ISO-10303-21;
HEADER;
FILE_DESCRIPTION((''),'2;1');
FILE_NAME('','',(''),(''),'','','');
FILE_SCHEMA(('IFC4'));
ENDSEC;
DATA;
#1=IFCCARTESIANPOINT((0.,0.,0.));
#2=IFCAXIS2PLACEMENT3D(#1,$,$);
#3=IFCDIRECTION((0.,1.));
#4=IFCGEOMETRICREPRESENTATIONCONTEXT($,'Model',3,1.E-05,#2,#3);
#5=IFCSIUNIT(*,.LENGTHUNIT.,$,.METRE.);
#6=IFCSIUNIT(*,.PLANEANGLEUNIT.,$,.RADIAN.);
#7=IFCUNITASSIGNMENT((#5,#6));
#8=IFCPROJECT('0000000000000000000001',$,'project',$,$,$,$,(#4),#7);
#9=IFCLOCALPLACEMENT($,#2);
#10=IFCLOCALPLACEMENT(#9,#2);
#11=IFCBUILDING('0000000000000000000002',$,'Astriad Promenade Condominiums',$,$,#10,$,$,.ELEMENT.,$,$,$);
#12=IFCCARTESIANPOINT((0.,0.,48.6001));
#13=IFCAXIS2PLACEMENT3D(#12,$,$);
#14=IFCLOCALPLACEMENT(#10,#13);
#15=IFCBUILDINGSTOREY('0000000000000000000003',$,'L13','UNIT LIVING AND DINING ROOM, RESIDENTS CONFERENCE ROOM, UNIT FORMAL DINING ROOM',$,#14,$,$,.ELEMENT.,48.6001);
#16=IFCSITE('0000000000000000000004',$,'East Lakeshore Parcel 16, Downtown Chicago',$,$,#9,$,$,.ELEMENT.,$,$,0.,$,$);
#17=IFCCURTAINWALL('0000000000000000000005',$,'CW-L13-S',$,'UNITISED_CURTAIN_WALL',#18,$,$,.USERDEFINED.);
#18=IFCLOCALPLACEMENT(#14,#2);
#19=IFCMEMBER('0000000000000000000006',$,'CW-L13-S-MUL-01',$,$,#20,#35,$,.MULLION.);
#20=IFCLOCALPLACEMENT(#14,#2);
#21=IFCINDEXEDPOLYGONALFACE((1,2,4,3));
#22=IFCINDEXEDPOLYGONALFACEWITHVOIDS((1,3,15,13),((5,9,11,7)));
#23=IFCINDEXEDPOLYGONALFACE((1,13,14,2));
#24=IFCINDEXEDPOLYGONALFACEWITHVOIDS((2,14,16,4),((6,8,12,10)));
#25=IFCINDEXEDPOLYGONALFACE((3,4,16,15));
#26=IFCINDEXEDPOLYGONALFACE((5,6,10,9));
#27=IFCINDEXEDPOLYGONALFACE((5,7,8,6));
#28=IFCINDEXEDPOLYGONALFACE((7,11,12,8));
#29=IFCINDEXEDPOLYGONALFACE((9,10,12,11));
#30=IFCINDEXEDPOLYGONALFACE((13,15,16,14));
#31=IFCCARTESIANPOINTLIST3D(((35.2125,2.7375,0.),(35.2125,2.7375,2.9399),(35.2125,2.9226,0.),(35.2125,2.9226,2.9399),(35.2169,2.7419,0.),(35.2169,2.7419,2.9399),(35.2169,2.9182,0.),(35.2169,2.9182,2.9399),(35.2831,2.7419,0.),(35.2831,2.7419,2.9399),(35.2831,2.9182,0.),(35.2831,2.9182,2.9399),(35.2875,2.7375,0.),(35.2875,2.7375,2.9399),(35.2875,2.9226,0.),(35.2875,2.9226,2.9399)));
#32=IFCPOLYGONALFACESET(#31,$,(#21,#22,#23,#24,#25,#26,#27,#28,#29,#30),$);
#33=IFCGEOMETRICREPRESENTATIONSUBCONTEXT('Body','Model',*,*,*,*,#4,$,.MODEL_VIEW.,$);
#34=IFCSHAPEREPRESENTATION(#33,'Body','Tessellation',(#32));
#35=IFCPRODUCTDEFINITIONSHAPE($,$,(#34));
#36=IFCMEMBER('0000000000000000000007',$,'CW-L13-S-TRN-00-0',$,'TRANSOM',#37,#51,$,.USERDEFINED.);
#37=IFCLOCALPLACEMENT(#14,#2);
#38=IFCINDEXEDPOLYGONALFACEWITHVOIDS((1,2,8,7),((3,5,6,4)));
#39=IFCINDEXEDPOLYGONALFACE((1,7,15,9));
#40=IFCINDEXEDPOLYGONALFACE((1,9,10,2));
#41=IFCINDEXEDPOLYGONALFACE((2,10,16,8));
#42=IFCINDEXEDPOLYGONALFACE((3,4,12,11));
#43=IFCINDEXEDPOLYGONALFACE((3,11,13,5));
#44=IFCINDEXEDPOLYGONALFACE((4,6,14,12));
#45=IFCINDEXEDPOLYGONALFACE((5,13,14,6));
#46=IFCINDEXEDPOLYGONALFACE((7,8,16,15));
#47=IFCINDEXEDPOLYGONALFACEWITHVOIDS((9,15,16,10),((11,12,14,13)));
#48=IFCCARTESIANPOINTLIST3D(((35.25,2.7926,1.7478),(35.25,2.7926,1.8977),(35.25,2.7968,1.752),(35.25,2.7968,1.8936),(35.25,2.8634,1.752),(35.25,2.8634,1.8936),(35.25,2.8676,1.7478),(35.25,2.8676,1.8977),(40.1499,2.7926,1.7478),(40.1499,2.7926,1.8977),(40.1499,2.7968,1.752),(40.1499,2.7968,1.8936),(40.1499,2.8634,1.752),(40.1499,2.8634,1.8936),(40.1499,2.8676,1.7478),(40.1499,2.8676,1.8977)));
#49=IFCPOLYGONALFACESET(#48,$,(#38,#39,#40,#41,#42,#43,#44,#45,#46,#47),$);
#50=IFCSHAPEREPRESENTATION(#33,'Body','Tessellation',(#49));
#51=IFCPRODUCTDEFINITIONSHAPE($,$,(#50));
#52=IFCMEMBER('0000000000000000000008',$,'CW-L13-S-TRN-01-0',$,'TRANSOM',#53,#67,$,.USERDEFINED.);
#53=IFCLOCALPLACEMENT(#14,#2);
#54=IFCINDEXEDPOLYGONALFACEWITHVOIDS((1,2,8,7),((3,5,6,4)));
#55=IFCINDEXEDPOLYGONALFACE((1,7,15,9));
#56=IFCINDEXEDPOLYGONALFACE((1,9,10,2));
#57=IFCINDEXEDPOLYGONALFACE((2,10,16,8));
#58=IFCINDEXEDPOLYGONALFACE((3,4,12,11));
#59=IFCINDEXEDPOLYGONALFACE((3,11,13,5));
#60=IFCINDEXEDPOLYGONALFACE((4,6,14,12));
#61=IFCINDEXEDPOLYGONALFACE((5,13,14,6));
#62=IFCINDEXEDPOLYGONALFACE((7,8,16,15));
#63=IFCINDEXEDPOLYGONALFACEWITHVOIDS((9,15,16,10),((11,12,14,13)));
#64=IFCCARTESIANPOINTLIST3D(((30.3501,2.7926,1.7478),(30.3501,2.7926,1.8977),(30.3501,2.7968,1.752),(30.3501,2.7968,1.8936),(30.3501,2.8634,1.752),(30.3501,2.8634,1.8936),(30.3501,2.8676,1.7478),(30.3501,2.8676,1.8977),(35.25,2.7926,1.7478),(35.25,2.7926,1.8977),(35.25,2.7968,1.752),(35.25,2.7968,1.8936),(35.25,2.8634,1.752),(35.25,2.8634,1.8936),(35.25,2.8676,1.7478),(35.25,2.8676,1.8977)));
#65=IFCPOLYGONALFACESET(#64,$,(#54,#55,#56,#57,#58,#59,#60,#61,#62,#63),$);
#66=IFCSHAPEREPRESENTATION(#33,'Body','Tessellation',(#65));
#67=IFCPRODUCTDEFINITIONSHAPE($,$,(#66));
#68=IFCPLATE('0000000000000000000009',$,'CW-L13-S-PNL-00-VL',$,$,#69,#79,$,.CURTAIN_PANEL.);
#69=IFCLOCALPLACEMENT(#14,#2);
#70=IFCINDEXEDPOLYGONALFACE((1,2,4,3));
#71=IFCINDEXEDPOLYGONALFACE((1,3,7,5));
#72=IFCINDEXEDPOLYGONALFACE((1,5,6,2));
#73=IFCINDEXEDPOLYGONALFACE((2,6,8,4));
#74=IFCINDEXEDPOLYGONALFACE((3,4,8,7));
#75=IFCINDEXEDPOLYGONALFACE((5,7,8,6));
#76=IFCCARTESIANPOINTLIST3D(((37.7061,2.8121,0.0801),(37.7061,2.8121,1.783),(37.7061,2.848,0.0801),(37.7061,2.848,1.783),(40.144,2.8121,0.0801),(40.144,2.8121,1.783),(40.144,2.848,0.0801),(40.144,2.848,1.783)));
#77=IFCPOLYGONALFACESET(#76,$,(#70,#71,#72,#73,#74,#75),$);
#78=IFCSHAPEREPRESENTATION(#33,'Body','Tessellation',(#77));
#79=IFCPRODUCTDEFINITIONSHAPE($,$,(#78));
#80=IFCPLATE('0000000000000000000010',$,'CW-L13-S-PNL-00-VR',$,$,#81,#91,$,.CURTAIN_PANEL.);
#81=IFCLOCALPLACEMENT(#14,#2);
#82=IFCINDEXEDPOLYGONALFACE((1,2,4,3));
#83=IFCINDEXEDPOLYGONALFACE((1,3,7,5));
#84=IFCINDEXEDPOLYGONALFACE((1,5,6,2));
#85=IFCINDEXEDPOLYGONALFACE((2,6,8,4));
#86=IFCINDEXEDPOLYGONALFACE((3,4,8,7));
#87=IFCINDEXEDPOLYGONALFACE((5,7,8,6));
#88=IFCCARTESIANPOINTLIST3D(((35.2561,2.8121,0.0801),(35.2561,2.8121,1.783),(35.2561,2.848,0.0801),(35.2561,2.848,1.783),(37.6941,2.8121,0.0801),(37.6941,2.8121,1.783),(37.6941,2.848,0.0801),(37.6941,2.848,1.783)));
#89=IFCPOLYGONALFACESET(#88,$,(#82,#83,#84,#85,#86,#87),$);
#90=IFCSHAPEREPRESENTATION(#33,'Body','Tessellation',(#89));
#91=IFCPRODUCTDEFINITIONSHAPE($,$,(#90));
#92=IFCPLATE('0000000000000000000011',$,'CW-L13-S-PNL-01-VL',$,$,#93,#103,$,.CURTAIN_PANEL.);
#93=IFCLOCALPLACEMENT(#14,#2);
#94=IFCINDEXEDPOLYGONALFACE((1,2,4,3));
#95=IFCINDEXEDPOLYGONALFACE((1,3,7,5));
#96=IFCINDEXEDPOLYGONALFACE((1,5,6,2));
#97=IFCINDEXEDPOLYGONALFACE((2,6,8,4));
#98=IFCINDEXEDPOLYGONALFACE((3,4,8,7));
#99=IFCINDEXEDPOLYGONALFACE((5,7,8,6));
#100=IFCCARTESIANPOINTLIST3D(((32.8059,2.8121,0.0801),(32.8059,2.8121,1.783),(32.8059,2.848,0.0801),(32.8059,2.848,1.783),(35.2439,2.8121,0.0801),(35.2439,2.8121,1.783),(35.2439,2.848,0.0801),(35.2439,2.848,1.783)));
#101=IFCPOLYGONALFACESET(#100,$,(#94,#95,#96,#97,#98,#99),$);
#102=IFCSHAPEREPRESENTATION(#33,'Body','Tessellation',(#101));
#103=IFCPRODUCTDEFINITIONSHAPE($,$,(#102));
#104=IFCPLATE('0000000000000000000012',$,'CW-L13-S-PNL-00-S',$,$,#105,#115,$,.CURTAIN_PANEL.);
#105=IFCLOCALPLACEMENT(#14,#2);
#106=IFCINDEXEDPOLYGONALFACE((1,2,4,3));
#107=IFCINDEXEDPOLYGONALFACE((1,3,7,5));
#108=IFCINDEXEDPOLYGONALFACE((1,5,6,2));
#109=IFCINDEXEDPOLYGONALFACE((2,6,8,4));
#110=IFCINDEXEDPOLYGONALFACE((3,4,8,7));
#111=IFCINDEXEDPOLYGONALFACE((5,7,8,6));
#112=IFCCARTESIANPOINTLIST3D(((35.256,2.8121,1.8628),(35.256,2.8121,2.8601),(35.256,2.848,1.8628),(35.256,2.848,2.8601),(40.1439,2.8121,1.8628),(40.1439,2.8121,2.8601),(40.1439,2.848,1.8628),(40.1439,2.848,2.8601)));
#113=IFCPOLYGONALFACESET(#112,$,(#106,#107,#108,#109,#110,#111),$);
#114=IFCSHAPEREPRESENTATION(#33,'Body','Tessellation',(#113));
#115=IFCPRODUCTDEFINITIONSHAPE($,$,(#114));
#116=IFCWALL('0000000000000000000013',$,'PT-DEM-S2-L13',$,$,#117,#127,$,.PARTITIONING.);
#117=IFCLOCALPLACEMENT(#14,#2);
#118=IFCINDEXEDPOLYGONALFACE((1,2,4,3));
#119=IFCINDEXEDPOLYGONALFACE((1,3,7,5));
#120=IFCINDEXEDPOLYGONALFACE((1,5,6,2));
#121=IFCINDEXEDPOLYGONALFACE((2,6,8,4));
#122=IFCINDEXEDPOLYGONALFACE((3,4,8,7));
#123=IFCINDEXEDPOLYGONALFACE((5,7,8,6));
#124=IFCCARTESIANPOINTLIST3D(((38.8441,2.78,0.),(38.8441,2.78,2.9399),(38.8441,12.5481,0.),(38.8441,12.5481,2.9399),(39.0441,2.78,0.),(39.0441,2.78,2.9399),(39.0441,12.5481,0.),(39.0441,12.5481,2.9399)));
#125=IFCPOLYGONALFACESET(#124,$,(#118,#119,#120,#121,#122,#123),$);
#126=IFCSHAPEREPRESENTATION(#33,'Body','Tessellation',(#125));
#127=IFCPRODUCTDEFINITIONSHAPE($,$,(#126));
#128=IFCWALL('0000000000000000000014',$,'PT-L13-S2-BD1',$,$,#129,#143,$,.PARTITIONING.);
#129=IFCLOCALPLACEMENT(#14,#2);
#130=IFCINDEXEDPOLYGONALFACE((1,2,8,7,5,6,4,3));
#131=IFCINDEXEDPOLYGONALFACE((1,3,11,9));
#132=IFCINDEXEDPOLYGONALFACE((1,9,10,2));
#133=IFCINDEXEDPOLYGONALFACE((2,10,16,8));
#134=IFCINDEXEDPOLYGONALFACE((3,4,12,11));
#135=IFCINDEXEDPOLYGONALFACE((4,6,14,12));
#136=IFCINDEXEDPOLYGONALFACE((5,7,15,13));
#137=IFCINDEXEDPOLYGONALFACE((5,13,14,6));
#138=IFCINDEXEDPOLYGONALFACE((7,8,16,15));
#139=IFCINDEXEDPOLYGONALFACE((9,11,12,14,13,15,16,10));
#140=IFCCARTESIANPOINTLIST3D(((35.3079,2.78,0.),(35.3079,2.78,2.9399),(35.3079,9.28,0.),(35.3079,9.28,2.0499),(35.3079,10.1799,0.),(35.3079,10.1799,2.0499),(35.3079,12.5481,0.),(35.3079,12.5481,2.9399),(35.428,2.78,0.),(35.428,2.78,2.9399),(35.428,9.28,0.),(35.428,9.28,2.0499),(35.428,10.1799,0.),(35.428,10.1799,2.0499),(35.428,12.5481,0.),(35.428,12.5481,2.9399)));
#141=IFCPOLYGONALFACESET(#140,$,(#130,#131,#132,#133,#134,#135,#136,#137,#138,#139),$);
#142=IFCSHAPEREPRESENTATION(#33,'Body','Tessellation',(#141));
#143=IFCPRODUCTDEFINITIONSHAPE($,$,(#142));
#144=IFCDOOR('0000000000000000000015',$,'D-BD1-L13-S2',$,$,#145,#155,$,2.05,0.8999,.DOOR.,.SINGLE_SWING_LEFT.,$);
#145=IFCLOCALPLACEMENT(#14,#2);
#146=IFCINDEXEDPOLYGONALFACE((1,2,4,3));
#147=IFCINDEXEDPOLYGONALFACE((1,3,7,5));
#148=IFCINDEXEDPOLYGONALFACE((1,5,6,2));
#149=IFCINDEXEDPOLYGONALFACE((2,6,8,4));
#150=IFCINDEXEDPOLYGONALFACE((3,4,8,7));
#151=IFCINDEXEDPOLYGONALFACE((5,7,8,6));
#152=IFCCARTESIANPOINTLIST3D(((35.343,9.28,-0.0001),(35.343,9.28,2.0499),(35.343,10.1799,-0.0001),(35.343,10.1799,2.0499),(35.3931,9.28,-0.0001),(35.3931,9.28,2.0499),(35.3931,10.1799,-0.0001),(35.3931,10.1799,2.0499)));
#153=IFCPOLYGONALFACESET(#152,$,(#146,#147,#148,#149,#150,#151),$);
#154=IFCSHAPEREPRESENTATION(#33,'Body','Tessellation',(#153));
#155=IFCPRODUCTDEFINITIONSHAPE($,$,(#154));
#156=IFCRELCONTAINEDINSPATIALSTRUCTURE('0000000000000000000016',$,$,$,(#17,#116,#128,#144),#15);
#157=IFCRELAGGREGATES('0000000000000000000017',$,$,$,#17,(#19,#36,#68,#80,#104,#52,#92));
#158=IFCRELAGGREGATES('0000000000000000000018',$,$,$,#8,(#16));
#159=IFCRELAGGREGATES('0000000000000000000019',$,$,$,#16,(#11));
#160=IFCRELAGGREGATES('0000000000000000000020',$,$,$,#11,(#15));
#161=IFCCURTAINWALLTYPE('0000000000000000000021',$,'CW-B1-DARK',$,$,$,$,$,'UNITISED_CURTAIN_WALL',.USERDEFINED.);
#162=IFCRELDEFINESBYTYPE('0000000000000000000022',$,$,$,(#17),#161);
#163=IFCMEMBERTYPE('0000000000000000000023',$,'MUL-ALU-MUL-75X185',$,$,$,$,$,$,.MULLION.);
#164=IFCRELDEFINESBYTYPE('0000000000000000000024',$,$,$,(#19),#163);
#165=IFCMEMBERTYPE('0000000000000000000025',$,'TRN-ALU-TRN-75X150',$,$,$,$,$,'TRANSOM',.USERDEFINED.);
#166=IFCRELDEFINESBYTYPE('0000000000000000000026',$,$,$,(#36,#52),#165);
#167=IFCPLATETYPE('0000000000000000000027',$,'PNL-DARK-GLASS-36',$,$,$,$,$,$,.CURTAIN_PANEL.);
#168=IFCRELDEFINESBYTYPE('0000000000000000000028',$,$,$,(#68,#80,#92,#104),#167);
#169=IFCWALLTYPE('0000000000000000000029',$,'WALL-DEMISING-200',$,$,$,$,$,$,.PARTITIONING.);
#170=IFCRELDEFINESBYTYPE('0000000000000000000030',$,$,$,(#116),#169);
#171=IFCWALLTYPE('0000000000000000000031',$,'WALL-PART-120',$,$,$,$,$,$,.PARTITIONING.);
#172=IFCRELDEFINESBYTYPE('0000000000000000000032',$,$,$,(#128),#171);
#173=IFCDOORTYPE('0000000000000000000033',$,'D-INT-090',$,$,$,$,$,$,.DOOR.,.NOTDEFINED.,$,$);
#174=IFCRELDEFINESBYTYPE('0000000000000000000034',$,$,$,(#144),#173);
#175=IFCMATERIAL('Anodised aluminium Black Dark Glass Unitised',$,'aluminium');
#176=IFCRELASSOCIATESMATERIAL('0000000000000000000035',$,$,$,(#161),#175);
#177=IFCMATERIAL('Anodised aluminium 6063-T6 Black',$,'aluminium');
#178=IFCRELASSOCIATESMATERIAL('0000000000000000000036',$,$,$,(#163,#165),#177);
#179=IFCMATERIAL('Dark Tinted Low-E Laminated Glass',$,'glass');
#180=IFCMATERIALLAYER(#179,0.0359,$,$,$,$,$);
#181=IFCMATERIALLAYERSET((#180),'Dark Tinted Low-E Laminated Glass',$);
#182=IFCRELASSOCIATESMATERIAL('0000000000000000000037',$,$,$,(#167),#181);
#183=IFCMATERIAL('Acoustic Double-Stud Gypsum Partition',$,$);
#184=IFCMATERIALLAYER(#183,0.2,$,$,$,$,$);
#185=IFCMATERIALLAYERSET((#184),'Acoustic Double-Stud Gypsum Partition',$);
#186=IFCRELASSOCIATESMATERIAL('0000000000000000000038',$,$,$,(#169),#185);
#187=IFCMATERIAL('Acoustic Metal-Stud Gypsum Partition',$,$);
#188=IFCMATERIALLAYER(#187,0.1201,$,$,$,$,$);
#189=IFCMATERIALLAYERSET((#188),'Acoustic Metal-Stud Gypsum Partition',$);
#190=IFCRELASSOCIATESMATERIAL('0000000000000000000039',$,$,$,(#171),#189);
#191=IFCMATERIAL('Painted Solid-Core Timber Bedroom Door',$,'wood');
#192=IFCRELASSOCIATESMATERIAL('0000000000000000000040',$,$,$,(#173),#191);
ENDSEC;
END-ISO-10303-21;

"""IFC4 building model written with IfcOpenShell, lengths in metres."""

from ifc_helpers import new_model, si_unit, direction, frame, frame_2d, origin, origin_2d, place, context, subcontext, project, spatial, rectangle, hollow_rectangle, extrude, source, transform, mapped, material, layer, layer_set, material_profile, profile_set, type_object, type_shapes, element, fill, aggregate, save


model = new_model("IFC4")

# Units and contexts
model_context = context("Model", 3, precision=1e-05, world=origin(), true_north=direction((0.0, 1.0)))
body_context = subcontext(model_context, "Body", "Model", "MODEL_VIEW")
ifc_project = project(units=[si_unit("LENGTHUNIT", "METRE"), si_unit("PLANEANGLEUNIT", "RADIAN")], contexts=[model_context])

# Site, building, storey
site_placement = place(None, origin())
site = spatial("IfcSite", under=ifc_project, at=site_placement, Name="East Lakeshore Parcel 16, Downtown Chicago", CompositionType="ELEMENT", RefElevation=0.0)
building_placement = place(site_placement, origin())
building = spatial("IfcBuilding", under=site, at=building_placement, Name="Astriad Promenade Condominiums", CompositionType="ELEMENT")
storey_placement = place(building_placement, frame((0.0, 0.0, 48.6001)))
storey = spatial("IfcBuildingStorey", under=building, at=storey_placement, Name="L13", Description="UNIT LIVING AND DINING ROOM, RESIDENTS CONFERENCE ROOM, UNIT FORMAL DINING ROOM", CompositionType="ELEMENT", Elevation=48.6001)

# Curtain wall, members, plates
ifc_material_1 = material(Name="Anodised aluminium Black Dark Glass Unitised", Category="aluminium")
curtain_wall_type = type_object("IfcCurtainWallType", Name="CW-B1-DARK", ElementType="UNITISED_CURTAIN_WALL", PredefinedType="USERDEFINED", material=ifc_material_1)
curtain_wall_placement = place(storey_placement, origin())
curtain_wall = element("IfcCurtainWall", 1, at=curtain_wall_placement, inside=storey, type_object=curtain_wall_type, Name="CW-L13-S", ObjectType="UNITISED_CURTAIN_WALL", PredefinedType="USERDEFINED")
ifc_material_2 = material(Name="Anodised aluminium 6063-T6 Black", Category="aluminium")
ifc_material_profile_1 = material_profile(ifc_material_2, hollow_rectangle(XDim=0.075, YDim=0.1851, WallThickness=0.0044, at=origin_2d()), Name="ALU-MUL-75X185")
ifc_profile_set_1 = profile_set([ifc_material_profile_1], Name="Anodised aluminium 6063-T6 Black")
member_type_1 = type_object("IfcMemberType", Name="MUL-ALU-MUL-75X185", PredefinedType="MULLION", material=ifc_profile_set_1)
shared_shape_1 = source(origin(), body_context, "Body", "SweptSolid", [
    extrude(hollow_rectangle(XDim=0.075, YDim=0.1851, WallThickness=0.0044, at=origin_2d()), origin(), (0.0, 0.0, 1.0), 2.9399),
])
type_shapes(member_type_1, [shared_shape_1])
member_1_placement = place(storey_placement, frame((35.25, 2.8301, 0.0), z_axis=(0.0, 0.0, 1.0), x_axis=(1.0, 0.0, 0.0)))
member_1 = element("IfcMember", 2, at=member_1_placement, type_object=member_type_1, Name="CW-L13-S-MUL-01", PredefinedType="MULLION", context=body_context, shape_type="MappedRepresentation", body=[
    mapped(shared_shape_1, transform((0.0, 0.0, 0.0), scale=1.0)),
])
ifc_material_profile_2 = material_profile(ifc_material_2, hollow_rectangle(XDim=0.075, YDim=0.1499, WallThickness=0.0042, at=origin_2d()), Name="ALU-TRN-75X150")
ifc_profile_set_2 = profile_set([ifc_material_profile_2], Name="Anodised aluminium 6063-T6 Black")
member_type_2 = type_object("IfcMemberType", Name="TRN-ALU-TRN-75X150", ElementType="TRANSOM", PredefinedType="USERDEFINED", material=ifc_profile_set_2)
shared_shape_2 = source(origin(), body_context, "Body", "SweptSolid", [
    extrude(hollow_rectangle(XDim=0.075, YDim=0.1499, WallThickness=0.0042, at=origin_2d()), origin(), (0.0, 0.0, 1.0), 4.8999),
])
type_shapes(member_type_2, [shared_shape_2])
member_2_placement = place(storey_placement, frame((40.1499, 2.8301, 1.8228), z_axis=(-1.0, 0.0, 0.0), x_axis=(0.0, -1.0, 0.0)))
member_2 = element("IfcMember", 3, at=member_2_placement, type_object=member_type_2, Name="CW-L13-S-TRN-00-0", ObjectType="TRANSOM", PredefinedType="USERDEFINED", context=body_context, shape_type="MappedRepresentation", body=[
    mapped(shared_shape_2, transform((0.0, 0.0, 0.0), scale=1.0)),
])
member_3_placement = place(storey_placement, frame((35.25, 2.8301, 1.8228), z_axis=(-1.0, 0.0, 0.0), x_axis=(0.0, -1.0, 0.0)))
member_3 = element("IfcMember", 4, at=member_3_placement, type_object=member_type_2, Name="CW-L13-S-TRN-01-0", ObjectType="TRANSOM", PredefinedType="USERDEFINED", context=body_context, shape_type="MappedRepresentation", body=[
    mapped(shared_shape_2, transform((0.0, 0.0, 0.0), scale=1.0)),
])
ifc_material_3 = material(Name="Dark Tinted Low-E Laminated Glass", Category="glass")
ifc_layer_1 = layer(ifc_material_3, 0.0359)
ifc_layer_set_1 = layer_set([ifc_layer_1], Name="Dark Tinted Low-E Laminated Glass")
plate_type = type_object("IfcPlateType", Name="PNL-DARK-GLASS-36", PredefinedType="CURTAIN_PANEL", material=ifc_layer_set_1)
shared_shape_3 = source(origin(), body_context, "Body", "SweptSolid", [
    extrude(rectangle(XDim=2.438, YDim=0.0359, at=origin_2d()), origin(), (0.0, 0.0, 1.0), 1.7029),
])
plate_1_placement = place(storey_placement, frame((38.925, 2.8301, 0.0801), z_axis=(0.0, 0.0, 1.0), x_axis=(-1.0, 0.0, 0.0)))
plate_1 = element("IfcPlate", 5, at=plate_1_placement, type_object=plate_type, Name="CW-L13-S-PNL-00-VL", PredefinedType="CURTAIN_PANEL", context=body_context, shape_type="MappedRepresentation", body=[
    mapped(shared_shape_3, transform((0.0, 0.0, 0.0), scale=1.0)),
])
plate_2_placement = place(storey_placement, frame((36.4751, 2.8301, 0.0801), z_axis=(0.0, 0.0, 1.0), x_axis=(-1.0, 0.0, 0.0)))
plate_2 = element("IfcPlate", 6, at=plate_2_placement, type_object=plate_type, Name="CW-L13-S-PNL-00-VR", PredefinedType="CURTAIN_PANEL", context=body_context, shape_type="MappedRepresentation", body=[
    mapped(shared_shape_3, transform((0.0, 0.0, 0.0), scale=1.0)),
])
plate_3_placement = place(storey_placement, frame((34.0249, 2.8301, 0.0801), z_axis=(0.0, 0.0, 1.0), x_axis=(-1.0, 0.0, 0.0)))
plate_3 = element("IfcPlate", 7, at=plate_3_placement, type_object=plate_type, Name="CW-L13-S-PNL-01-VL", PredefinedType="CURTAIN_PANEL", context=body_context, shape_type="MappedRepresentation", body=[
    mapped(shared_shape_3, transform((0.0, 0.0, 0.0), scale=1.0)),
])
shared_shape_4 = source(origin(), body_context, "Body", "SweptSolid", [
    extrude(rectangle(XDim=4.8879, YDim=0.0359, at=origin_2d()), origin(), (0.0, 0.0, 1.0), 0.9973),
])
type_shapes(plate_type, [shared_shape_3, shared_shape_4])
plate_4_placement = place(storey_placement, frame((37.7, 2.8301, 1.8628), z_axis=(0.0, 0.0, 1.0), x_axis=(-1.0, 0.0, 0.0)))
plate_4 = element("IfcPlate", 8, at=plate_4_placement, type_object=plate_type, Name="CW-L13-S-PNL-00-S", PredefinedType="CURTAIN_PANEL", context=body_context, shape_type="MappedRepresentation", body=[
    mapped(shared_shape_4, transform((0.0, 0.0, 0.0), scale=1.0)),
])
aggregate(curtain_wall, [member_1, member_2, plate_1, plate_2, plate_4, member_3, plate_3])

# Wall
ifc_material_4 = material(Name="Acoustic Double-Stud Gypsum Partition")
ifc_layer_2 = layer(ifc_material_4, 0.2)
ifc_layer_set_2 = layer_set([ifc_layer_2], Name="Acoustic Double-Stud Gypsum Partition")
wall_type_1 = type_object("IfcWallType", Name="WALL-DEMISING-200", PredefinedType="PARTITIONING", material=ifc_layer_set_2)
wall_1_placement = place(storey_placement, frame((38.9441, 2.78, 0.0), z_axis=(0.0, 0.0, 1.0), x_axis=(0.0, 1.0, 0.0)))
element("IfcWall", 9, at=wall_1_placement, inside=storey, type_object=wall_type_1, Name="PT-DEM-S2-L13", PredefinedType="PARTITIONING", context=body_context, shape_type="SweptSolid", body=[
    extrude(rectangle(XDim=9.7681, YDim=0.2, at=frame_2d((4.884, 0.0))), origin(), (0.0, 0.0, 1.0), 2.9399),
])

# Wall, opening, door
ifc_material_5 = material(Name="Acoustic Metal-Stud Gypsum Partition")
ifc_layer_3 = layer(ifc_material_5, 0.1201)
ifc_layer_set_3 = layer_set([ifc_layer_3], Name="Acoustic Metal-Stud Gypsum Partition")
wall_type_2 = type_object("IfcWallType", Name="WALL-PART-120", PredefinedType="PARTITIONING", material=ifc_layer_set_3)
wall_2_placement = place(storey_placement, frame((35.3679, 2.78, 0.0), z_axis=(0.0, 0.0, 1.0), x_axis=(0.0, 1.0, 0.0)))
wall_2 = element("IfcWall", 10, at=wall_2_placement, inside=storey, type_object=wall_type_2, Name="PT-L13-S2-BD1", PredefinedType="PARTITIONING", context=body_context, shape_type="SweptSolid", body=[
    extrude(rectangle(XDim=9.7681, YDim=0.1201, at=frame_2d((4.884, 0.0))), origin(), (0.0, 0.0, 1.0), 2.9399),
])
opening_1_placement = place(wall_2_placement, frame((6.5, 0.0, 0.0)))
opening_1 = element("IfcOpeningElement", 11, at=opening_1_placement, cuts=wall_2, PredefinedType="OPENING", context=body_context, shape_type="SweptSolid", body=[
    extrude(rectangle(XDim=0.8999, YDim=2.05, at=frame_2d((0.45, 1.0249))), frame((0.0, 0.0701, 0.0), z_axis=(0.0, -1.0, 0.0), x_axis=(1.0, 0.0, 0.0)), (0.0, 0.0, 1.0), 0.1401),
])
ifc_material_6 = material(Name="Painted Solid-Core Timber Bedroom Door", Category="wood")
door_type_1 = type_object("IfcDoorType", Name="D-INT-090", OperationType="NOTDEFINED", PredefinedType="DOOR", material=ifc_material_6)
shared_shape_5 = source(origin(), body_context, "Body", "SweptSolid", [
    extrude(rectangle(XDim=0.8999, YDim=2.05, at=frame_2d((0.45, 1.0249))), frame((0.0, 0.0249, 0.0), z_axis=(0.0, -1.0, 0.0), x_axis=(1.0, 0.0, 0.0)), (0.0, 0.0, 1.0), 0.05),
])
type_shapes(door_type_1, [shared_shape_5])
door_1_placement = place(opening_1_placement, origin())
door_1 = element("IfcDoor", 12, at=door_1_placement, inside=storey, type_object=door_type_1, Name="D-BD1-L13-S2", OperationType="SINGLE_SWING_LEFT", OverallHeight=2.05, OverallWidth=0.8999, PredefinedType="DOOR", context=body_context, shape_type="MappedRepresentation", body=[
    mapped(shared_shape_5, transform((0.0, 0.0, 0.0), scale=1.0)),
])
fill(opening_1, door_1)

save(model, "model.ifc")
